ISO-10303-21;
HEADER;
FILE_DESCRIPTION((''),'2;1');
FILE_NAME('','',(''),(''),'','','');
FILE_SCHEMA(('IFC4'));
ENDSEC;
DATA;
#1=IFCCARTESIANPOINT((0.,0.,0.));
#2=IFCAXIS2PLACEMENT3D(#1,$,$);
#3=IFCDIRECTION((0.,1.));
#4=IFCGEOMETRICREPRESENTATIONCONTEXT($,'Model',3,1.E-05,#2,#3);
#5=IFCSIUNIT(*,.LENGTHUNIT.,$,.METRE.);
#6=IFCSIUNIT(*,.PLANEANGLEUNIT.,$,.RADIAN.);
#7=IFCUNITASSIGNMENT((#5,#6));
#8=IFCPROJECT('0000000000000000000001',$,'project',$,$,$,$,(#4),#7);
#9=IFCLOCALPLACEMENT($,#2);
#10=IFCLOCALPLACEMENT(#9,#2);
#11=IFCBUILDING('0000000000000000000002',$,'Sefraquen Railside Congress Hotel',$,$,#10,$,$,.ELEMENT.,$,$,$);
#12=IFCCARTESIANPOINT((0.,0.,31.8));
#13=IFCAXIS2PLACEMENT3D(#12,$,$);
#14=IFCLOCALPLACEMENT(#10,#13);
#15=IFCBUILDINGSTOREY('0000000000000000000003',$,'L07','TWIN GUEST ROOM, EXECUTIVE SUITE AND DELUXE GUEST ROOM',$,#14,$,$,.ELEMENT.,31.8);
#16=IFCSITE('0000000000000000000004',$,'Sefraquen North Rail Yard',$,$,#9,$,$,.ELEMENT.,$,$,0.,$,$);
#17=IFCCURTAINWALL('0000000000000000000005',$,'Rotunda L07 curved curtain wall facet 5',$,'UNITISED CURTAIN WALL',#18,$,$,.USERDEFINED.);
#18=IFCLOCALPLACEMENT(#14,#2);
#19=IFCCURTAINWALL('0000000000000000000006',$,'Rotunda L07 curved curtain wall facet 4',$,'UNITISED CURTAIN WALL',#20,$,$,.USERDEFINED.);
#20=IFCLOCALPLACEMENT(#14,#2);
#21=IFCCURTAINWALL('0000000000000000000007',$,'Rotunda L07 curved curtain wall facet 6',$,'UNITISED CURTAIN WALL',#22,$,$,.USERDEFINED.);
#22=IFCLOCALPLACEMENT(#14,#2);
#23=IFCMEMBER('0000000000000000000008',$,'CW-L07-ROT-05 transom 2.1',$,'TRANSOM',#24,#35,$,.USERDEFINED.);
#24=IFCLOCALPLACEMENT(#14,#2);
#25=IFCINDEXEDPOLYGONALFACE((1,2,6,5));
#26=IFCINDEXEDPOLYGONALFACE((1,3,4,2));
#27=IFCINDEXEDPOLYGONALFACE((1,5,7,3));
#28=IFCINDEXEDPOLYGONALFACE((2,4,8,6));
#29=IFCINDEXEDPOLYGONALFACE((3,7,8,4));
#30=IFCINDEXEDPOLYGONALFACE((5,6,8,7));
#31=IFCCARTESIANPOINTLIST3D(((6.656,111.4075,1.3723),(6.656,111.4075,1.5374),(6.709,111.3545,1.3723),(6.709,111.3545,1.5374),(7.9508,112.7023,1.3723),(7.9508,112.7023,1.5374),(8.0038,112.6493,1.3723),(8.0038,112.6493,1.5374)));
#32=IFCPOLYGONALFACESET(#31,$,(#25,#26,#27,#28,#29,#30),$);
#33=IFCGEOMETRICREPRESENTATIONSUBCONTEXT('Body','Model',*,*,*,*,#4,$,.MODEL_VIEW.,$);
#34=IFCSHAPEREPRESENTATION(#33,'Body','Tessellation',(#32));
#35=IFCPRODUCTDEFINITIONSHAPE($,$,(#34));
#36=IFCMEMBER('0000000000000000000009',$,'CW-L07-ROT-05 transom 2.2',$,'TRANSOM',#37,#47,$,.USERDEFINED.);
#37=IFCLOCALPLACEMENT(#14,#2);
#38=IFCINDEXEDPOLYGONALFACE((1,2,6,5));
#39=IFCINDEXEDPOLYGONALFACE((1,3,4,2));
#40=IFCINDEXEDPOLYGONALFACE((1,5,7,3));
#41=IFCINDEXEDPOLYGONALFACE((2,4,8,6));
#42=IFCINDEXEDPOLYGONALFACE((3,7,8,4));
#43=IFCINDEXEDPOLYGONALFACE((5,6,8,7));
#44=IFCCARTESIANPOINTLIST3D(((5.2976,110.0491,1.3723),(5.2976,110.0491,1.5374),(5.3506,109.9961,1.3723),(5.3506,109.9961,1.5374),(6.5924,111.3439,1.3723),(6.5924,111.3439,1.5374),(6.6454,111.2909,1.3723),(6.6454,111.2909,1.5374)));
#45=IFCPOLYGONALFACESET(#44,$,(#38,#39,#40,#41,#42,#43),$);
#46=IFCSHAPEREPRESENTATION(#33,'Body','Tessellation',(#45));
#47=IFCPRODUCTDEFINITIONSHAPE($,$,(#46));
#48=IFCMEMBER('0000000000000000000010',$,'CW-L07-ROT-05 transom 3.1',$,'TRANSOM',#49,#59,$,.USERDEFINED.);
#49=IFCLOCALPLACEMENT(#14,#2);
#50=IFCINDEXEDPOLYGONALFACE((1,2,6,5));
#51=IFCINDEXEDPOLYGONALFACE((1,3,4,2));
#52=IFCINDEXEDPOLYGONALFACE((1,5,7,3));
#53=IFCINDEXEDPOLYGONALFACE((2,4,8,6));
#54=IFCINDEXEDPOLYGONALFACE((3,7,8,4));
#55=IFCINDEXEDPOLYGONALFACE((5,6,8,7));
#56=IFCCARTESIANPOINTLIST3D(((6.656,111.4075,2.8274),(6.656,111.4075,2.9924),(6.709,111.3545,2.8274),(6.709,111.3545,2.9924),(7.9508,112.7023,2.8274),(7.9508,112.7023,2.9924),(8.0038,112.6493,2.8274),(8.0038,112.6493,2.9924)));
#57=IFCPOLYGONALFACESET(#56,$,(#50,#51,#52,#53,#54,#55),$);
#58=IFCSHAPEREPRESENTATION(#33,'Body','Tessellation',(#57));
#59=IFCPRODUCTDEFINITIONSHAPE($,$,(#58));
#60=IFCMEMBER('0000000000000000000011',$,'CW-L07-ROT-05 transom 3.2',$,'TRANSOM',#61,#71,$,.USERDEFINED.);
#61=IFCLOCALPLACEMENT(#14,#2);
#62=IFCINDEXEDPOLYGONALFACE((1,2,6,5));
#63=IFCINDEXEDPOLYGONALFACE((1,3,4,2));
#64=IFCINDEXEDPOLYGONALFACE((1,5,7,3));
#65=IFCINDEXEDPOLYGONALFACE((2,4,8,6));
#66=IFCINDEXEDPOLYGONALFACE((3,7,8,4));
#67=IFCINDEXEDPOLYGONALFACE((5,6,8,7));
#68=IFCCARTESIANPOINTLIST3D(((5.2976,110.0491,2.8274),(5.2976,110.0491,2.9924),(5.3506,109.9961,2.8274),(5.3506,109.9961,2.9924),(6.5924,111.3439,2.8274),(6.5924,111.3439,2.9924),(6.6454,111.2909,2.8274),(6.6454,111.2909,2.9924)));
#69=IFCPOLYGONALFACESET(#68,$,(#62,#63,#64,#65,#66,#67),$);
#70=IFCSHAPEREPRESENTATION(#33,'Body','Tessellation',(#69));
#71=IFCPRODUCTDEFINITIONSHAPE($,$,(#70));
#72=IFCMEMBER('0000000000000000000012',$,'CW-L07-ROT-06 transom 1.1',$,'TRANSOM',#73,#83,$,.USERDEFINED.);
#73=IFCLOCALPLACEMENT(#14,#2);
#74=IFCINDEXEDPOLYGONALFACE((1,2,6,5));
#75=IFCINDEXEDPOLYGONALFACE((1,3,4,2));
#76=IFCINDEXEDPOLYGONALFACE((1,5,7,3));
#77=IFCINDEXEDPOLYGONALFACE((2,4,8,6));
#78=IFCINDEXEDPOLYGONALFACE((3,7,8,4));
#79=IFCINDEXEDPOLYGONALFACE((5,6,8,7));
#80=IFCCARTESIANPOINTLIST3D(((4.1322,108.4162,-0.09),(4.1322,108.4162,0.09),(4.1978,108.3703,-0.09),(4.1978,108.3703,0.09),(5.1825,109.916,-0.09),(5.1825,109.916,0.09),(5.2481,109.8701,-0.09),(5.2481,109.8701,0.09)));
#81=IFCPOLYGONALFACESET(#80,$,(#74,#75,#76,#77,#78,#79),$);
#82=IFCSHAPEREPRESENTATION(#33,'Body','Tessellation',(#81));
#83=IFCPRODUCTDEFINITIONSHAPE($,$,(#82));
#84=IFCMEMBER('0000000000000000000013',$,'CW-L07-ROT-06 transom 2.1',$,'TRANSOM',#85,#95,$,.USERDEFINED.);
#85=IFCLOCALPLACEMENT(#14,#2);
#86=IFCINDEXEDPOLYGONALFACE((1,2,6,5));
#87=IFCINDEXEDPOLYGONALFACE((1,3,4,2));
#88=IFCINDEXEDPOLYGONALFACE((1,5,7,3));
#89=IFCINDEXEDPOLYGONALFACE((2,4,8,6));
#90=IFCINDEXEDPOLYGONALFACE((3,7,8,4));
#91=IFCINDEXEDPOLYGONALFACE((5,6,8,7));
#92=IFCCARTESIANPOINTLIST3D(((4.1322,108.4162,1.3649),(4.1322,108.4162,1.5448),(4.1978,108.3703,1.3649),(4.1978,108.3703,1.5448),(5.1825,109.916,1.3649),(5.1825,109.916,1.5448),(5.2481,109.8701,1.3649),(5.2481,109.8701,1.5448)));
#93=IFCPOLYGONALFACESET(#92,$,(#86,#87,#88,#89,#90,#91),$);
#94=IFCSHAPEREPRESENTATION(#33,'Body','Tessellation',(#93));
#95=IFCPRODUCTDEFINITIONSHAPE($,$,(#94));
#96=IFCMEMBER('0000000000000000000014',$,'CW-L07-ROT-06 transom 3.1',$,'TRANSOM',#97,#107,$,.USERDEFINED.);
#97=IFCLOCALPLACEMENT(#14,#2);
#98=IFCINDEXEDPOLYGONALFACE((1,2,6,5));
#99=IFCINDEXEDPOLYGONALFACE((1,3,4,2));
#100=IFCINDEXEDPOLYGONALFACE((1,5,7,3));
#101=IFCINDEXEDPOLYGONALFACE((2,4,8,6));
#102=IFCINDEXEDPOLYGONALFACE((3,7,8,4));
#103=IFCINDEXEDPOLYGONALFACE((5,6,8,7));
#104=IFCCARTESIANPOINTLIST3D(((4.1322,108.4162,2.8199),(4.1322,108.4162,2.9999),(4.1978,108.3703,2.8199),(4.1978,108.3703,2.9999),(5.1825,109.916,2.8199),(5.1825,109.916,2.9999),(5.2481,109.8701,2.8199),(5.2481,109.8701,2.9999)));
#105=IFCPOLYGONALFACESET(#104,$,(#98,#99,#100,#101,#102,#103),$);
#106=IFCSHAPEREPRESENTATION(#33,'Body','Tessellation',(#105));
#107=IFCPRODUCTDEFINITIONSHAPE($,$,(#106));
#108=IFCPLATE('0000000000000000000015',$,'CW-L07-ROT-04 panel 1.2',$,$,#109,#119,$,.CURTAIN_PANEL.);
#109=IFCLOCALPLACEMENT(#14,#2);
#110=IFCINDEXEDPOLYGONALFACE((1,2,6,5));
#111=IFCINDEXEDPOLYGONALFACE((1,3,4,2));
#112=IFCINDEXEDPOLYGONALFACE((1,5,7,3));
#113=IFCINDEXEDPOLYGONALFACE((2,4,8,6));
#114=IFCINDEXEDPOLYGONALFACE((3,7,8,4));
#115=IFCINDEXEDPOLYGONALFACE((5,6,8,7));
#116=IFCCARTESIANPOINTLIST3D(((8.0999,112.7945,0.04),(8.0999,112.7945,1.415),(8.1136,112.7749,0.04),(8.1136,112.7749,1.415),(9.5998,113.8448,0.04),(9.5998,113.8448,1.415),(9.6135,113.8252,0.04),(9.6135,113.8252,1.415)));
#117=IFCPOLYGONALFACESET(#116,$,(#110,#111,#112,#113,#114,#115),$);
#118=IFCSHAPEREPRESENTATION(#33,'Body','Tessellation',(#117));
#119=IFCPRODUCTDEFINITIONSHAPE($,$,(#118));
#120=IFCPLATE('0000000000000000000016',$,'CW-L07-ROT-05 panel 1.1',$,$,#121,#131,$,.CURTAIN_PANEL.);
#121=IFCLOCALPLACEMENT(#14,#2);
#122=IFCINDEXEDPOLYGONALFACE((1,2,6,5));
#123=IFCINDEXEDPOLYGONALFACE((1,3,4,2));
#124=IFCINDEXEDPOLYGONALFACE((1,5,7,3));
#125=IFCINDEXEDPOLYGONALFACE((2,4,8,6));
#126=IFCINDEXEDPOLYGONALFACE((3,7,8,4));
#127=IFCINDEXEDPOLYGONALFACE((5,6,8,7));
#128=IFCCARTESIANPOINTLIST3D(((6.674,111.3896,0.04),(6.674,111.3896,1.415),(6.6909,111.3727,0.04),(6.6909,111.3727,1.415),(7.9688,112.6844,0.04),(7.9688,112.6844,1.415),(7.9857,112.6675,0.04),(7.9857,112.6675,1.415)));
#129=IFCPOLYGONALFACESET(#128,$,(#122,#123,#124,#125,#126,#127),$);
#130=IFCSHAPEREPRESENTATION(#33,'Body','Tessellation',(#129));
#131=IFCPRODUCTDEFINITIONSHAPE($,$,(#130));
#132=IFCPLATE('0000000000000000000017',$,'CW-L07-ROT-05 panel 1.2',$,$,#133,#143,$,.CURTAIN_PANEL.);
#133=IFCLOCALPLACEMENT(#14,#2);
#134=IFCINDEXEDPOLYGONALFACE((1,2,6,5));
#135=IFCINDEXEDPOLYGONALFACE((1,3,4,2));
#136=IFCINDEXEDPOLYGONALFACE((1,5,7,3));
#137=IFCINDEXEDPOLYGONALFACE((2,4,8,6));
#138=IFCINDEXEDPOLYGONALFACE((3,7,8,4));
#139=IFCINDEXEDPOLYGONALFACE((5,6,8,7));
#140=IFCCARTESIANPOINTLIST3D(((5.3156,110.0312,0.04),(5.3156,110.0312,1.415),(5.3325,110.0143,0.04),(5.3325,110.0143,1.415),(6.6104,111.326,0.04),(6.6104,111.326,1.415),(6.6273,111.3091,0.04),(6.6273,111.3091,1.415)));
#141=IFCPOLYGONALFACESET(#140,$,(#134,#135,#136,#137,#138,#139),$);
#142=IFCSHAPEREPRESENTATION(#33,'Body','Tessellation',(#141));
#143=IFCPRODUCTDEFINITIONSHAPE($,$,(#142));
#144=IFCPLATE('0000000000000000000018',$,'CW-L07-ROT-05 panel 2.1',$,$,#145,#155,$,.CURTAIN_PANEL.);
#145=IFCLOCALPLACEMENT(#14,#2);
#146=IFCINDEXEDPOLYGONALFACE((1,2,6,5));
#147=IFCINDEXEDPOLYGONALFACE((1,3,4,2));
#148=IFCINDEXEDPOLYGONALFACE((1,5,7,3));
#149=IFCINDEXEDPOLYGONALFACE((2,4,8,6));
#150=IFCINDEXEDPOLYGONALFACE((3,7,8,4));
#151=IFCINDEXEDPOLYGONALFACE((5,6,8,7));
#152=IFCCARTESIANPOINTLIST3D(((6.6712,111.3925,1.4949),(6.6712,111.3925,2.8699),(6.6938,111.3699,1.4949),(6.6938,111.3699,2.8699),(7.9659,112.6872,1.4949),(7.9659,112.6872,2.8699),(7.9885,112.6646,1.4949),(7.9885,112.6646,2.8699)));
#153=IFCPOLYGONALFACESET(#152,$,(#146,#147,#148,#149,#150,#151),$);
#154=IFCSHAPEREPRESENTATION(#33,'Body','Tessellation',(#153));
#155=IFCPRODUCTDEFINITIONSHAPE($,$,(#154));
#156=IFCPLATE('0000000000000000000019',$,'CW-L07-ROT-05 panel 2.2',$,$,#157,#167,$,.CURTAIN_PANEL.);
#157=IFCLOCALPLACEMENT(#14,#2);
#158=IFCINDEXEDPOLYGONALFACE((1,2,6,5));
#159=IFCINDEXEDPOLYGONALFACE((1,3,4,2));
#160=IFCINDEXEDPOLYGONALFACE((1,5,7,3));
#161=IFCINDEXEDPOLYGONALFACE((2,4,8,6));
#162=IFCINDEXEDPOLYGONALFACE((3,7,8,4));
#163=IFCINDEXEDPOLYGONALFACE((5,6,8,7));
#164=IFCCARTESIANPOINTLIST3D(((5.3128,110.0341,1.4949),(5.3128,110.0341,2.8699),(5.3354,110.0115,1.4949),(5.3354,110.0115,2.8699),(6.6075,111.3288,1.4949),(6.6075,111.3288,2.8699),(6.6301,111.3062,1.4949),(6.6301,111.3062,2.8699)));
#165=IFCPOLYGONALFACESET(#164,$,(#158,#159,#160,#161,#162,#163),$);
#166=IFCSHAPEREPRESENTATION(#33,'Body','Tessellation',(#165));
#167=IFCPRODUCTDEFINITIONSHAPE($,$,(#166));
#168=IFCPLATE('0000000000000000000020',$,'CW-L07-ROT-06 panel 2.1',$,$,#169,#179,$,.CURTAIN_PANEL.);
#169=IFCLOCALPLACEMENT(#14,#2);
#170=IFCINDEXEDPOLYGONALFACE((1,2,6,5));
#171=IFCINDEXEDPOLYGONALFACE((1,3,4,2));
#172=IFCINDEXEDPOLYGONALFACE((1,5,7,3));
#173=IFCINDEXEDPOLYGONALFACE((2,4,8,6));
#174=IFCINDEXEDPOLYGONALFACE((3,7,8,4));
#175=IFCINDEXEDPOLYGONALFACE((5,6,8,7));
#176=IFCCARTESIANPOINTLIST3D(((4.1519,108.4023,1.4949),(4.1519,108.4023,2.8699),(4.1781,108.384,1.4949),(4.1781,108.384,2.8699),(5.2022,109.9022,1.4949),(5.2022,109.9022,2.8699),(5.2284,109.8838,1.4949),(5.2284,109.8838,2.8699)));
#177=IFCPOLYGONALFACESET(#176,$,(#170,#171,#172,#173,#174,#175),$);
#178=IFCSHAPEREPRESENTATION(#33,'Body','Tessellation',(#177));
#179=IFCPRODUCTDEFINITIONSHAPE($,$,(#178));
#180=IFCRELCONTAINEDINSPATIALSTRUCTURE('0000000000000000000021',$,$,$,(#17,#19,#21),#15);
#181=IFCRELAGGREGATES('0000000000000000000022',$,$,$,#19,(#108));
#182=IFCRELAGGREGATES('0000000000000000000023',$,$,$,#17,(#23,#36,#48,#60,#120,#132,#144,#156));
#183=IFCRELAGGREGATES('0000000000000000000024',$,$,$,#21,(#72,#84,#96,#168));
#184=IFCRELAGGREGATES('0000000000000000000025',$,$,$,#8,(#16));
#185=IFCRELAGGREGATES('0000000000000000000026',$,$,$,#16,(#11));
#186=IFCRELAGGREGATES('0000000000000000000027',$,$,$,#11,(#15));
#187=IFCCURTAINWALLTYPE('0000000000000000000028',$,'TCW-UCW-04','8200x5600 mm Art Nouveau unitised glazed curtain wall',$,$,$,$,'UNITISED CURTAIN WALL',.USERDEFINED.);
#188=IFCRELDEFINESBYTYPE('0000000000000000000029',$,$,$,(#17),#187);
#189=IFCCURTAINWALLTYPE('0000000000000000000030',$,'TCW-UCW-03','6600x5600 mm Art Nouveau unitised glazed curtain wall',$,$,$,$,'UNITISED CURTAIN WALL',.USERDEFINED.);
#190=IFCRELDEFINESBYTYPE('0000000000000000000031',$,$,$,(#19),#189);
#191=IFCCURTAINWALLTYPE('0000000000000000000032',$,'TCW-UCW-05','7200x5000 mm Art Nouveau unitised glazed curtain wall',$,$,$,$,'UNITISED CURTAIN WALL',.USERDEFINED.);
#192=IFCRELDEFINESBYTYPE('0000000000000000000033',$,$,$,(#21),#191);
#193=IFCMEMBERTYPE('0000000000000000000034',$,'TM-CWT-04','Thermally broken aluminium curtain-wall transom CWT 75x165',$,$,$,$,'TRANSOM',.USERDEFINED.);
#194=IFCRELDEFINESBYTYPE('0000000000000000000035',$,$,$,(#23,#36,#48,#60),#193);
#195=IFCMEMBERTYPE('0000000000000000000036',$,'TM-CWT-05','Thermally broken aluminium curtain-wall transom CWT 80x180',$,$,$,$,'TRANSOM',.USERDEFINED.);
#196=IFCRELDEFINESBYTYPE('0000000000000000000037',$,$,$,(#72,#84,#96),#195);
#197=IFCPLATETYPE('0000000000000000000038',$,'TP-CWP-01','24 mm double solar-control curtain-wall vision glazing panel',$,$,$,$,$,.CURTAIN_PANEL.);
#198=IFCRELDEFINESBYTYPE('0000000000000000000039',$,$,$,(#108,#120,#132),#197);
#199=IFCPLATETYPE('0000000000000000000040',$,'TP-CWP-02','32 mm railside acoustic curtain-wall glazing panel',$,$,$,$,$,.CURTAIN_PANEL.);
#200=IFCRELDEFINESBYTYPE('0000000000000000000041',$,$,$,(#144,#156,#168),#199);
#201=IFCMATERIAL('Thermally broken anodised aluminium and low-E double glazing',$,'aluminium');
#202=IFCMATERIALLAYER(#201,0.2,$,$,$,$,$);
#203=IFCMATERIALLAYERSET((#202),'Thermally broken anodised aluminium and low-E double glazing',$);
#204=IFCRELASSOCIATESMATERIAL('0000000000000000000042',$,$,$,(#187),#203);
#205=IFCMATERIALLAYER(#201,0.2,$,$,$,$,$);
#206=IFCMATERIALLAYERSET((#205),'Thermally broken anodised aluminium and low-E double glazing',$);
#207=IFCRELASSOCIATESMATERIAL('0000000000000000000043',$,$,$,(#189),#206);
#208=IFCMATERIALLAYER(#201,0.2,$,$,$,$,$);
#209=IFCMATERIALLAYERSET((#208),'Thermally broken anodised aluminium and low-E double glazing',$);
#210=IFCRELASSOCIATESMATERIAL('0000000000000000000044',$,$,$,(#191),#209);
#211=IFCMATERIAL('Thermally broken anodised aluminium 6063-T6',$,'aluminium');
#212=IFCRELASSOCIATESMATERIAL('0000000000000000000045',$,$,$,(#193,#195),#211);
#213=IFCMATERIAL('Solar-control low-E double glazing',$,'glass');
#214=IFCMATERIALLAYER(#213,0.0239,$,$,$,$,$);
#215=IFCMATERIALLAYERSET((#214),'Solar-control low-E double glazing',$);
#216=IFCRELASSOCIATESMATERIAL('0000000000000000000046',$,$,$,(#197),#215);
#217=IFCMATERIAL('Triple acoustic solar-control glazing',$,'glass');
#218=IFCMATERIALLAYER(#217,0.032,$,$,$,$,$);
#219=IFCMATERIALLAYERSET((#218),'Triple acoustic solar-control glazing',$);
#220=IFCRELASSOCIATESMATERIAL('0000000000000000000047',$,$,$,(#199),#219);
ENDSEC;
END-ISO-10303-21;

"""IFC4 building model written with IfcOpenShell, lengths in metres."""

from ifc_helpers import new_model, si_unit, direction, frame, origin, origin_2d, place, context, subcontext, project, spatial, rectangle, extrude, material, layer, layer_set, material_profile, profile_set, type_object, element, aggregate, save


model = new_model("IFC4")

# Units and contexts
model_context = context("Model", 3, precision=1e-05, world=origin(), true_north=direction((0.0, 1.0)))
body_context = subcontext(model_context, "Body", "Model", "MODEL_VIEW")
ifc_project = project(units=[si_unit("LENGTHUNIT", "METRE"), si_unit("PLANEANGLEUNIT", "RADIAN")], contexts=[model_context])

# Site, building, storey
site_placement = place(None, origin())
site = spatial("IfcSite", under=ifc_project, at=site_placement, Name="Sefraquen North Rail Yard", CompositionType="ELEMENT", RefElevation=0.0)
building_placement = place(site_placement, origin())
building = spatial("IfcBuilding", under=site, at=building_placement, Name="Sefraquen Railside Congress Hotel", CompositionType="ELEMENT")
storey_placement = place(building_placement, frame((0.0, 0.0, 31.8)))
storey = spatial("IfcBuildingStorey", under=building, at=storey_placement, Name="L07", Description="TWIN GUEST ROOM, EXECUTIVE SUITE AND DELUXE GUEST ROOM", CompositionType="ELEMENT", Elevation=31.8)

# Curtain walls
ifc_material_1 = material(Name="Thermally broken anodised aluminium and low-E double glazing", Category="aluminium")
ifc_layer_1 = layer(ifc_material_1, 0.2)
ifc_layer_set_1 = layer_set([ifc_layer_1], Name="Thermally broken anodised aluminium and low-E double glazing")
curtain_wall_type_1 = type_object("IfcCurtainWallType", Name="TCW-UCW-04", Description="8200x5600 mm Art Nouveau unitised glazed curtain wall", ElementType="UNITISED CURTAIN WALL", PredefinedType="USERDEFINED", material=ifc_layer_set_1)
curtain_wall_1_placement = place(storey_placement, origin())
curtain_wall_1 = element("IfcCurtainWall", 1, at=curtain_wall_1_placement, inside=storey, type_object=curtain_wall_type_1, Name="Rotunda L07 curved curtain wall facet 5", ObjectType="UNITISED CURTAIN WALL", PredefinedType="USERDEFINED")
ifc_material_2 = material(Name="Thermally broken anodised aluminium 6063-T6", Category="aluminium")
ifc_layer_2 = layer(ifc_material_1, 0.2)
ifc_layer_set_2 = layer_set([ifc_layer_2], Name="Thermally broken anodised aluminium and low-E double glazing")
curtain_wall_type_2 = type_object("IfcCurtainWallType", Name="TCW-UCW-03", Description="6600x5600 mm Art Nouveau unitised glazed curtain wall", ElementType="UNITISED CURTAIN WALL", PredefinedType="USERDEFINED", material=ifc_layer_set_2)
curtain_wall_2_placement = place(storey_placement, origin())
curtain_wall_2 = element("IfcCurtainWall", 2, at=curtain_wall_2_placement, inside=storey, type_object=curtain_wall_type_2, Name="Rotunda L07 curved curtain wall facet 4", ObjectType="UNITISED CURTAIN WALL", PredefinedType="USERDEFINED")

# Curtain wall
ifc_layer_3 = layer(ifc_material_1, 0.2)
ifc_layer_set_3 = layer_set([ifc_layer_3], Name="Thermally broken anodised aluminium and low-E double glazing")
curtain_wall_type_3 = type_object("IfcCurtainWallType", Name="TCW-UCW-05", Description="7200x5000 mm Art Nouveau unitised glazed curtain wall", ElementType="UNITISED CURTAIN WALL", PredefinedType="USERDEFINED", material=ifc_layer_set_3)
curtain_wall_3_placement = place(storey_placement, origin())
curtain_wall_3 = element("IfcCurtainWall", 3, at=curtain_wall_3_placement, inside=storey, type_object=curtain_wall_type_3, Name="Rotunda L07 curved curtain wall facet 6", ObjectType="UNITISED CURTAIN WALL", PredefinedType="USERDEFINED")

# Members
ifc_material_profile_1 = material_profile(ifc_material_2, rectangle(XDim=0.075, YDim=0.165, at=origin_2d()), Name="CWT 75x165")
ifc_profile_set_1 = profile_set([ifc_material_profile_1], Name="Thermally broken anodised aluminium 6063-T6")
member_type_1 = type_object("IfcMemberType", Name="TM-CWT-04", Description="Thermally broken aluminium curtain-wall transom CWT 75x165", ElementType="TRANSOM", PredefinedType="USERDEFINED", material=ifc_profile_set_1)
member_1_placement = place(storey_placement, frame((7.9773, 112.6758, 1.4548), z_axis=(-0.707107, -0.707107, 0.0), x_axis=(0.707107, -0.707107, 0.0)))
member_1 = element("IfcMember", 4, at=member_1_placement, type_object=member_type_1, Name="CW-L07-ROT-05 transom 2.1", ObjectType="TRANSOM", PredefinedType="USERDEFINED", context=body_context, shape_type="SweptSolid", body=[
    extrude(rectangle(XDim=0.075, YDim=0.165, at=origin_2d()), origin(), (0.0, 0.0, 1.0), 1.8311),
])
member_2_placement = place(storey_placement, frame((6.6189, 111.3174, 1.4548), z_axis=(-0.707107, -0.707107, 0.0), x_axis=(0.707107, -0.707107, 0.0)))
member_2 = element("IfcMember", 5, at=member_2_placement, type_object=member_type_1, Name="CW-L07-ROT-05 transom 2.2", ObjectType="TRANSOM", PredefinedType="USERDEFINED", context=body_context, shape_type="SweptSolid", body=[
    extrude(rectangle(XDim=0.075, YDim=0.165, at=origin_2d()), origin(), (0.0, 0.0, 1.0), 1.8311),
])
member_3_placement = place(storey_placement, frame((7.9773, 112.6758, 2.9099), z_axis=(-0.707107, -0.707107, 0.0), x_axis=(0.707107, -0.707107, 0.0)))
member_3 = element("IfcMember", 6, at=member_3_placement, type_object=member_type_1, Name="CW-L07-ROT-05 transom 3.1", ObjectType="TRANSOM", PredefinedType="USERDEFINED", context=body_context, shape_type="SweptSolid", body=[
    extrude(rectangle(XDim=0.075, YDim=0.165, at=origin_2d()), origin(), (0.0, 0.0, 1.0), 1.8311),
])
member_4_placement = place(storey_placement, frame((6.6189, 111.3174, 2.9099), z_axis=(-0.707107, -0.707107, 0.0), x_axis=(0.707107, -0.707107, 0.0)))
member_4 = element("IfcMember", 7, at=member_4_placement, type_object=member_type_1, Name="CW-L07-ROT-05 transom 3.2", ObjectType="TRANSOM", PredefinedType="USERDEFINED", context=body_context, shape_type="SweptSolid", body=[
    extrude(rectangle(XDim=0.075, YDim=0.165, at=origin_2d()), origin(), (0.0, 0.0, 1.0), 1.8311),
])
ifc_material_profile_2 = material_profile(ifc_material_2, rectangle(XDim=0.0801, YDim=0.1799, at=origin_2d()), Name="CWT 80x180")
ifc_profile_set_2 = profile_set([ifc_material_profile_2], Name="Thermally broken anodised aluminium 6063-T6")
member_type_2 = type_object("IfcMemberType", Name="TM-CWT-05", Description="Thermally broken aluminium curtain-wall transom CWT 80x180", ElementType="TRANSOM", PredefinedType="USERDEFINED", material=ifc_profile_set_2)
member_5_placement = place(storey_placement, frame((5.2153, 109.8931, 0.0), z_axis=(-0.573632, -0.819113, 0.0), x_axis=(0.819113, -0.573632, 0.0)))
member_5 = element("IfcMember", 8, at=member_5_placement, type_object=member_type_2, Name="CW-L07-ROT-06 transom 1.1", ObjectType="TRANSOM", PredefinedType="USERDEFINED", context=body_context, shape_type="SweptSolid", body=[
    extrude(rectangle(XDim=0.0801, YDim=0.1799, at=origin_2d()), origin(), (0.0, 0.0, 1.0), 1.8311),
])
member_6_placement = place(storey_placement, frame((5.2153, 109.8931, 1.4548), z_axis=(-0.573632, -0.819113, 0.0), x_axis=(0.819113, -0.573632, 0.0)))
member_6 = element("IfcMember", 9, at=member_6_placement, type_object=member_type_2, Name="CW-L07-ROT-06 transom 2.1", ObjectType="TRANSOM", PredefinedType="USERDEFINED", context=body_context, shape_type="SweptSolid", body=[
    extrude(rectangle(XDim=0.0801, YDim=0.1799, at=origin_2d()), origin(), (0.0, 0.0, 1.0), 1.8311),
])
member_7_placement = place(storey_placement, frame((5.2153, 109.8931, 2.9099), z_axis=(-0.573632, -0.819113, 0.0), x_axis=(0.819113, -0.573632, 0.0)))
member_7 = element("IfcMember", 10, at=member_7_placement, type_object=member_type_2, Name="CW-L07-ROT-06 transom 3.1", ObjectType="TRANSOM", PredefinedType="USERDEFINED", context=body_context, shape_type="SweptSolid", body=[
    extrude(rectangle(XDim=0.0801, YDim=0.1799, at=origin_2d()), origin(), (0.0, 0.0, 1.0), 1.8311),
])

# Plates
ifc_material_3 = material(Name="Solar-control low-E double glazing", Category="glass")
ifc_layer_4 = layer(ifc_material_3, 0.0239)
ifc_layer_set_4 = layer_set([ifc_layer_4], Name="Solar-control low-E double glazing")
plate_type_1 = type_object("IfcPlateType", Name="TP-CWP-01", Description="24 mm double solar-control curtain-wall vision glazing panel", PredefinedType="CURTAIN_PANEL", material=ifc_layer_set_4)
plate_1_placement = place(storey_placement, frame((8.8567, 113.3098, 0.04), z_axis=(0.0, 0.0, 1.0), x_axis=(-0.819132, -0.573605, 0.0)))
plate_1 = element("IfcPlate", 11, at=plate_1_placement, type_object=plate_type_1, Name="CW-L07-ROT-04 panel 1.2", PredefinedType="CURTAIN_PANEL", context=body_context, shape_type="SweptSolid", body=[
    extrude(rectangle(XDim=1.8311, YDim=0.0239, at=origin_2d()), origin(), (0.0, 0.0, 1.0), 1.375),
])
aggregate(curtain_wall_2, [plate_1])
plate_2_placement = place(storey_placement, frame((7.3298, 112.0286, 0.04), z_axis=(0.0, 0.0, 1.0), x_axis=(-0.707107, -0.707107, 0.0)))
plate_2 = element("IfcPlate", 12, at=plate_2_placement, type_object=plate_type_1, Name="CW-L07-ROT-05 panel 1.1", PredefinedType="CURTAIN_PANEL", context=body_context, shape_type="SweptSolid", body=[
    extrude(rectangle(XDim=1.8311, YDim=0.0239, at=origin_2d()), origin(), (0.0, 0.0, 1.0), 1.375),
])
plate_3_placement = place(storey_placement, frame((5.9714, 110.6702, 0.04), z_axis=(0.0, 0.0, 1.0), x_axis=(-0.707107, -0.707107, 0.0)))
plate_3 = element("IfcPlate", 13, at=plate_3_placement, type_object=plate_type_1, Name="CW-L07-ROT-05 panel 1.2", PredefinedType="CURTAIN_PANEL", context=body_context, shape_type="SweptSolid", body=[
    extrude(rectangle(XDim=1.8311, YDim=0.0239, at=origin_2d()), origin(), (0.0, 0.0, 1.0), 1.375),
])
ifc_material_4 = material(Name="Triple acoustic solar-control glazing", Category="glass")
ifc_layer_5 = layer(ifc_material_4, 0.032)
ifc_layer_set_5 = layer_set([ifc_layer_5], Name="Triple acoustic solar-control glazing")
plate_type_2 = type_object("IfcPlateType", Name="TP-CWP-02", Description="32 mm railside acoustic curtain-wall glazing panel", PredefinedType="CURTAIN_PANEL", material=ifc_layer_set_5)
plate_4_placement = place(storey_placement, frame((7.3298, 112.0286, 1.4949), z_axis=(0.0, 0.0, 1.0), x_axis=(-0.707107, -0.707107, 0.0)))
plate_4 = element("IfcPlate", 14, at=plate_4_placement, type_object=plate_type_2, Name="CW-L07-ROT-05 panel 2.1", PredefinedType="CURTAIN_PANEL", context=body_context, shape_type="SweptSolid", body=[
    extrude(rectangle(XDim=1.8311, YDim=0.032, at=origin_2d()), origin(), (0.0, 0.0, 1.0), 1.375),
])
plate_5_placement = place(storey_placement, frame((5.9714, 110.6702, 1.4949), z_axis=(0.0, 0.0, 1.0), x_axis=(-0.707107, -0.707107, 0.0)))
plate_5 = element("IfcPlate", 15, at=plate_5_placement, type_object=plate_type_2, Name="CW-L07-ROT-05 panel 2.2", PredefinedType="CURTAIN_PANEL", context=body_context, shape_type="SweptSolid", body=[
    extrude(rectangle(XDim=1.8311, YDim=0.032, at=origin_2d()), origin(), (0.0, 0.0, 1.0), 1.375),
])
aggregate(curtain_wall_1, [member_1, member_2, member_3, member_4, plate_2, plate_3, plate_4, plate_5])
plate_6_placement = place(storey_placement, frame((4.6902, 109.1431, 1.4949), z_axis=(0.0, 0.0, 1.0), x_axis=(-0.573605, -0.819132, 0.0)))
plate_6 = element("IfcPlate", 16, at=plate_6_placement, type_object=plate_type_2, Name="CW-L07-ROT-06 panel 2.1", PredefinedType="CURTAIN_PANEL", context=body_context, shape_type="SweptSolid", body=[
    extrude(rectangle(XDim=1.8311, YDim=0.032, at=origin_2d()), origin(), (0.0, 0.0, 1.0), 1.375),
])
aggregate(curtain_wall_3, [member_5, member_6, member_7, plate_6])

save(model, "model.ifc")
